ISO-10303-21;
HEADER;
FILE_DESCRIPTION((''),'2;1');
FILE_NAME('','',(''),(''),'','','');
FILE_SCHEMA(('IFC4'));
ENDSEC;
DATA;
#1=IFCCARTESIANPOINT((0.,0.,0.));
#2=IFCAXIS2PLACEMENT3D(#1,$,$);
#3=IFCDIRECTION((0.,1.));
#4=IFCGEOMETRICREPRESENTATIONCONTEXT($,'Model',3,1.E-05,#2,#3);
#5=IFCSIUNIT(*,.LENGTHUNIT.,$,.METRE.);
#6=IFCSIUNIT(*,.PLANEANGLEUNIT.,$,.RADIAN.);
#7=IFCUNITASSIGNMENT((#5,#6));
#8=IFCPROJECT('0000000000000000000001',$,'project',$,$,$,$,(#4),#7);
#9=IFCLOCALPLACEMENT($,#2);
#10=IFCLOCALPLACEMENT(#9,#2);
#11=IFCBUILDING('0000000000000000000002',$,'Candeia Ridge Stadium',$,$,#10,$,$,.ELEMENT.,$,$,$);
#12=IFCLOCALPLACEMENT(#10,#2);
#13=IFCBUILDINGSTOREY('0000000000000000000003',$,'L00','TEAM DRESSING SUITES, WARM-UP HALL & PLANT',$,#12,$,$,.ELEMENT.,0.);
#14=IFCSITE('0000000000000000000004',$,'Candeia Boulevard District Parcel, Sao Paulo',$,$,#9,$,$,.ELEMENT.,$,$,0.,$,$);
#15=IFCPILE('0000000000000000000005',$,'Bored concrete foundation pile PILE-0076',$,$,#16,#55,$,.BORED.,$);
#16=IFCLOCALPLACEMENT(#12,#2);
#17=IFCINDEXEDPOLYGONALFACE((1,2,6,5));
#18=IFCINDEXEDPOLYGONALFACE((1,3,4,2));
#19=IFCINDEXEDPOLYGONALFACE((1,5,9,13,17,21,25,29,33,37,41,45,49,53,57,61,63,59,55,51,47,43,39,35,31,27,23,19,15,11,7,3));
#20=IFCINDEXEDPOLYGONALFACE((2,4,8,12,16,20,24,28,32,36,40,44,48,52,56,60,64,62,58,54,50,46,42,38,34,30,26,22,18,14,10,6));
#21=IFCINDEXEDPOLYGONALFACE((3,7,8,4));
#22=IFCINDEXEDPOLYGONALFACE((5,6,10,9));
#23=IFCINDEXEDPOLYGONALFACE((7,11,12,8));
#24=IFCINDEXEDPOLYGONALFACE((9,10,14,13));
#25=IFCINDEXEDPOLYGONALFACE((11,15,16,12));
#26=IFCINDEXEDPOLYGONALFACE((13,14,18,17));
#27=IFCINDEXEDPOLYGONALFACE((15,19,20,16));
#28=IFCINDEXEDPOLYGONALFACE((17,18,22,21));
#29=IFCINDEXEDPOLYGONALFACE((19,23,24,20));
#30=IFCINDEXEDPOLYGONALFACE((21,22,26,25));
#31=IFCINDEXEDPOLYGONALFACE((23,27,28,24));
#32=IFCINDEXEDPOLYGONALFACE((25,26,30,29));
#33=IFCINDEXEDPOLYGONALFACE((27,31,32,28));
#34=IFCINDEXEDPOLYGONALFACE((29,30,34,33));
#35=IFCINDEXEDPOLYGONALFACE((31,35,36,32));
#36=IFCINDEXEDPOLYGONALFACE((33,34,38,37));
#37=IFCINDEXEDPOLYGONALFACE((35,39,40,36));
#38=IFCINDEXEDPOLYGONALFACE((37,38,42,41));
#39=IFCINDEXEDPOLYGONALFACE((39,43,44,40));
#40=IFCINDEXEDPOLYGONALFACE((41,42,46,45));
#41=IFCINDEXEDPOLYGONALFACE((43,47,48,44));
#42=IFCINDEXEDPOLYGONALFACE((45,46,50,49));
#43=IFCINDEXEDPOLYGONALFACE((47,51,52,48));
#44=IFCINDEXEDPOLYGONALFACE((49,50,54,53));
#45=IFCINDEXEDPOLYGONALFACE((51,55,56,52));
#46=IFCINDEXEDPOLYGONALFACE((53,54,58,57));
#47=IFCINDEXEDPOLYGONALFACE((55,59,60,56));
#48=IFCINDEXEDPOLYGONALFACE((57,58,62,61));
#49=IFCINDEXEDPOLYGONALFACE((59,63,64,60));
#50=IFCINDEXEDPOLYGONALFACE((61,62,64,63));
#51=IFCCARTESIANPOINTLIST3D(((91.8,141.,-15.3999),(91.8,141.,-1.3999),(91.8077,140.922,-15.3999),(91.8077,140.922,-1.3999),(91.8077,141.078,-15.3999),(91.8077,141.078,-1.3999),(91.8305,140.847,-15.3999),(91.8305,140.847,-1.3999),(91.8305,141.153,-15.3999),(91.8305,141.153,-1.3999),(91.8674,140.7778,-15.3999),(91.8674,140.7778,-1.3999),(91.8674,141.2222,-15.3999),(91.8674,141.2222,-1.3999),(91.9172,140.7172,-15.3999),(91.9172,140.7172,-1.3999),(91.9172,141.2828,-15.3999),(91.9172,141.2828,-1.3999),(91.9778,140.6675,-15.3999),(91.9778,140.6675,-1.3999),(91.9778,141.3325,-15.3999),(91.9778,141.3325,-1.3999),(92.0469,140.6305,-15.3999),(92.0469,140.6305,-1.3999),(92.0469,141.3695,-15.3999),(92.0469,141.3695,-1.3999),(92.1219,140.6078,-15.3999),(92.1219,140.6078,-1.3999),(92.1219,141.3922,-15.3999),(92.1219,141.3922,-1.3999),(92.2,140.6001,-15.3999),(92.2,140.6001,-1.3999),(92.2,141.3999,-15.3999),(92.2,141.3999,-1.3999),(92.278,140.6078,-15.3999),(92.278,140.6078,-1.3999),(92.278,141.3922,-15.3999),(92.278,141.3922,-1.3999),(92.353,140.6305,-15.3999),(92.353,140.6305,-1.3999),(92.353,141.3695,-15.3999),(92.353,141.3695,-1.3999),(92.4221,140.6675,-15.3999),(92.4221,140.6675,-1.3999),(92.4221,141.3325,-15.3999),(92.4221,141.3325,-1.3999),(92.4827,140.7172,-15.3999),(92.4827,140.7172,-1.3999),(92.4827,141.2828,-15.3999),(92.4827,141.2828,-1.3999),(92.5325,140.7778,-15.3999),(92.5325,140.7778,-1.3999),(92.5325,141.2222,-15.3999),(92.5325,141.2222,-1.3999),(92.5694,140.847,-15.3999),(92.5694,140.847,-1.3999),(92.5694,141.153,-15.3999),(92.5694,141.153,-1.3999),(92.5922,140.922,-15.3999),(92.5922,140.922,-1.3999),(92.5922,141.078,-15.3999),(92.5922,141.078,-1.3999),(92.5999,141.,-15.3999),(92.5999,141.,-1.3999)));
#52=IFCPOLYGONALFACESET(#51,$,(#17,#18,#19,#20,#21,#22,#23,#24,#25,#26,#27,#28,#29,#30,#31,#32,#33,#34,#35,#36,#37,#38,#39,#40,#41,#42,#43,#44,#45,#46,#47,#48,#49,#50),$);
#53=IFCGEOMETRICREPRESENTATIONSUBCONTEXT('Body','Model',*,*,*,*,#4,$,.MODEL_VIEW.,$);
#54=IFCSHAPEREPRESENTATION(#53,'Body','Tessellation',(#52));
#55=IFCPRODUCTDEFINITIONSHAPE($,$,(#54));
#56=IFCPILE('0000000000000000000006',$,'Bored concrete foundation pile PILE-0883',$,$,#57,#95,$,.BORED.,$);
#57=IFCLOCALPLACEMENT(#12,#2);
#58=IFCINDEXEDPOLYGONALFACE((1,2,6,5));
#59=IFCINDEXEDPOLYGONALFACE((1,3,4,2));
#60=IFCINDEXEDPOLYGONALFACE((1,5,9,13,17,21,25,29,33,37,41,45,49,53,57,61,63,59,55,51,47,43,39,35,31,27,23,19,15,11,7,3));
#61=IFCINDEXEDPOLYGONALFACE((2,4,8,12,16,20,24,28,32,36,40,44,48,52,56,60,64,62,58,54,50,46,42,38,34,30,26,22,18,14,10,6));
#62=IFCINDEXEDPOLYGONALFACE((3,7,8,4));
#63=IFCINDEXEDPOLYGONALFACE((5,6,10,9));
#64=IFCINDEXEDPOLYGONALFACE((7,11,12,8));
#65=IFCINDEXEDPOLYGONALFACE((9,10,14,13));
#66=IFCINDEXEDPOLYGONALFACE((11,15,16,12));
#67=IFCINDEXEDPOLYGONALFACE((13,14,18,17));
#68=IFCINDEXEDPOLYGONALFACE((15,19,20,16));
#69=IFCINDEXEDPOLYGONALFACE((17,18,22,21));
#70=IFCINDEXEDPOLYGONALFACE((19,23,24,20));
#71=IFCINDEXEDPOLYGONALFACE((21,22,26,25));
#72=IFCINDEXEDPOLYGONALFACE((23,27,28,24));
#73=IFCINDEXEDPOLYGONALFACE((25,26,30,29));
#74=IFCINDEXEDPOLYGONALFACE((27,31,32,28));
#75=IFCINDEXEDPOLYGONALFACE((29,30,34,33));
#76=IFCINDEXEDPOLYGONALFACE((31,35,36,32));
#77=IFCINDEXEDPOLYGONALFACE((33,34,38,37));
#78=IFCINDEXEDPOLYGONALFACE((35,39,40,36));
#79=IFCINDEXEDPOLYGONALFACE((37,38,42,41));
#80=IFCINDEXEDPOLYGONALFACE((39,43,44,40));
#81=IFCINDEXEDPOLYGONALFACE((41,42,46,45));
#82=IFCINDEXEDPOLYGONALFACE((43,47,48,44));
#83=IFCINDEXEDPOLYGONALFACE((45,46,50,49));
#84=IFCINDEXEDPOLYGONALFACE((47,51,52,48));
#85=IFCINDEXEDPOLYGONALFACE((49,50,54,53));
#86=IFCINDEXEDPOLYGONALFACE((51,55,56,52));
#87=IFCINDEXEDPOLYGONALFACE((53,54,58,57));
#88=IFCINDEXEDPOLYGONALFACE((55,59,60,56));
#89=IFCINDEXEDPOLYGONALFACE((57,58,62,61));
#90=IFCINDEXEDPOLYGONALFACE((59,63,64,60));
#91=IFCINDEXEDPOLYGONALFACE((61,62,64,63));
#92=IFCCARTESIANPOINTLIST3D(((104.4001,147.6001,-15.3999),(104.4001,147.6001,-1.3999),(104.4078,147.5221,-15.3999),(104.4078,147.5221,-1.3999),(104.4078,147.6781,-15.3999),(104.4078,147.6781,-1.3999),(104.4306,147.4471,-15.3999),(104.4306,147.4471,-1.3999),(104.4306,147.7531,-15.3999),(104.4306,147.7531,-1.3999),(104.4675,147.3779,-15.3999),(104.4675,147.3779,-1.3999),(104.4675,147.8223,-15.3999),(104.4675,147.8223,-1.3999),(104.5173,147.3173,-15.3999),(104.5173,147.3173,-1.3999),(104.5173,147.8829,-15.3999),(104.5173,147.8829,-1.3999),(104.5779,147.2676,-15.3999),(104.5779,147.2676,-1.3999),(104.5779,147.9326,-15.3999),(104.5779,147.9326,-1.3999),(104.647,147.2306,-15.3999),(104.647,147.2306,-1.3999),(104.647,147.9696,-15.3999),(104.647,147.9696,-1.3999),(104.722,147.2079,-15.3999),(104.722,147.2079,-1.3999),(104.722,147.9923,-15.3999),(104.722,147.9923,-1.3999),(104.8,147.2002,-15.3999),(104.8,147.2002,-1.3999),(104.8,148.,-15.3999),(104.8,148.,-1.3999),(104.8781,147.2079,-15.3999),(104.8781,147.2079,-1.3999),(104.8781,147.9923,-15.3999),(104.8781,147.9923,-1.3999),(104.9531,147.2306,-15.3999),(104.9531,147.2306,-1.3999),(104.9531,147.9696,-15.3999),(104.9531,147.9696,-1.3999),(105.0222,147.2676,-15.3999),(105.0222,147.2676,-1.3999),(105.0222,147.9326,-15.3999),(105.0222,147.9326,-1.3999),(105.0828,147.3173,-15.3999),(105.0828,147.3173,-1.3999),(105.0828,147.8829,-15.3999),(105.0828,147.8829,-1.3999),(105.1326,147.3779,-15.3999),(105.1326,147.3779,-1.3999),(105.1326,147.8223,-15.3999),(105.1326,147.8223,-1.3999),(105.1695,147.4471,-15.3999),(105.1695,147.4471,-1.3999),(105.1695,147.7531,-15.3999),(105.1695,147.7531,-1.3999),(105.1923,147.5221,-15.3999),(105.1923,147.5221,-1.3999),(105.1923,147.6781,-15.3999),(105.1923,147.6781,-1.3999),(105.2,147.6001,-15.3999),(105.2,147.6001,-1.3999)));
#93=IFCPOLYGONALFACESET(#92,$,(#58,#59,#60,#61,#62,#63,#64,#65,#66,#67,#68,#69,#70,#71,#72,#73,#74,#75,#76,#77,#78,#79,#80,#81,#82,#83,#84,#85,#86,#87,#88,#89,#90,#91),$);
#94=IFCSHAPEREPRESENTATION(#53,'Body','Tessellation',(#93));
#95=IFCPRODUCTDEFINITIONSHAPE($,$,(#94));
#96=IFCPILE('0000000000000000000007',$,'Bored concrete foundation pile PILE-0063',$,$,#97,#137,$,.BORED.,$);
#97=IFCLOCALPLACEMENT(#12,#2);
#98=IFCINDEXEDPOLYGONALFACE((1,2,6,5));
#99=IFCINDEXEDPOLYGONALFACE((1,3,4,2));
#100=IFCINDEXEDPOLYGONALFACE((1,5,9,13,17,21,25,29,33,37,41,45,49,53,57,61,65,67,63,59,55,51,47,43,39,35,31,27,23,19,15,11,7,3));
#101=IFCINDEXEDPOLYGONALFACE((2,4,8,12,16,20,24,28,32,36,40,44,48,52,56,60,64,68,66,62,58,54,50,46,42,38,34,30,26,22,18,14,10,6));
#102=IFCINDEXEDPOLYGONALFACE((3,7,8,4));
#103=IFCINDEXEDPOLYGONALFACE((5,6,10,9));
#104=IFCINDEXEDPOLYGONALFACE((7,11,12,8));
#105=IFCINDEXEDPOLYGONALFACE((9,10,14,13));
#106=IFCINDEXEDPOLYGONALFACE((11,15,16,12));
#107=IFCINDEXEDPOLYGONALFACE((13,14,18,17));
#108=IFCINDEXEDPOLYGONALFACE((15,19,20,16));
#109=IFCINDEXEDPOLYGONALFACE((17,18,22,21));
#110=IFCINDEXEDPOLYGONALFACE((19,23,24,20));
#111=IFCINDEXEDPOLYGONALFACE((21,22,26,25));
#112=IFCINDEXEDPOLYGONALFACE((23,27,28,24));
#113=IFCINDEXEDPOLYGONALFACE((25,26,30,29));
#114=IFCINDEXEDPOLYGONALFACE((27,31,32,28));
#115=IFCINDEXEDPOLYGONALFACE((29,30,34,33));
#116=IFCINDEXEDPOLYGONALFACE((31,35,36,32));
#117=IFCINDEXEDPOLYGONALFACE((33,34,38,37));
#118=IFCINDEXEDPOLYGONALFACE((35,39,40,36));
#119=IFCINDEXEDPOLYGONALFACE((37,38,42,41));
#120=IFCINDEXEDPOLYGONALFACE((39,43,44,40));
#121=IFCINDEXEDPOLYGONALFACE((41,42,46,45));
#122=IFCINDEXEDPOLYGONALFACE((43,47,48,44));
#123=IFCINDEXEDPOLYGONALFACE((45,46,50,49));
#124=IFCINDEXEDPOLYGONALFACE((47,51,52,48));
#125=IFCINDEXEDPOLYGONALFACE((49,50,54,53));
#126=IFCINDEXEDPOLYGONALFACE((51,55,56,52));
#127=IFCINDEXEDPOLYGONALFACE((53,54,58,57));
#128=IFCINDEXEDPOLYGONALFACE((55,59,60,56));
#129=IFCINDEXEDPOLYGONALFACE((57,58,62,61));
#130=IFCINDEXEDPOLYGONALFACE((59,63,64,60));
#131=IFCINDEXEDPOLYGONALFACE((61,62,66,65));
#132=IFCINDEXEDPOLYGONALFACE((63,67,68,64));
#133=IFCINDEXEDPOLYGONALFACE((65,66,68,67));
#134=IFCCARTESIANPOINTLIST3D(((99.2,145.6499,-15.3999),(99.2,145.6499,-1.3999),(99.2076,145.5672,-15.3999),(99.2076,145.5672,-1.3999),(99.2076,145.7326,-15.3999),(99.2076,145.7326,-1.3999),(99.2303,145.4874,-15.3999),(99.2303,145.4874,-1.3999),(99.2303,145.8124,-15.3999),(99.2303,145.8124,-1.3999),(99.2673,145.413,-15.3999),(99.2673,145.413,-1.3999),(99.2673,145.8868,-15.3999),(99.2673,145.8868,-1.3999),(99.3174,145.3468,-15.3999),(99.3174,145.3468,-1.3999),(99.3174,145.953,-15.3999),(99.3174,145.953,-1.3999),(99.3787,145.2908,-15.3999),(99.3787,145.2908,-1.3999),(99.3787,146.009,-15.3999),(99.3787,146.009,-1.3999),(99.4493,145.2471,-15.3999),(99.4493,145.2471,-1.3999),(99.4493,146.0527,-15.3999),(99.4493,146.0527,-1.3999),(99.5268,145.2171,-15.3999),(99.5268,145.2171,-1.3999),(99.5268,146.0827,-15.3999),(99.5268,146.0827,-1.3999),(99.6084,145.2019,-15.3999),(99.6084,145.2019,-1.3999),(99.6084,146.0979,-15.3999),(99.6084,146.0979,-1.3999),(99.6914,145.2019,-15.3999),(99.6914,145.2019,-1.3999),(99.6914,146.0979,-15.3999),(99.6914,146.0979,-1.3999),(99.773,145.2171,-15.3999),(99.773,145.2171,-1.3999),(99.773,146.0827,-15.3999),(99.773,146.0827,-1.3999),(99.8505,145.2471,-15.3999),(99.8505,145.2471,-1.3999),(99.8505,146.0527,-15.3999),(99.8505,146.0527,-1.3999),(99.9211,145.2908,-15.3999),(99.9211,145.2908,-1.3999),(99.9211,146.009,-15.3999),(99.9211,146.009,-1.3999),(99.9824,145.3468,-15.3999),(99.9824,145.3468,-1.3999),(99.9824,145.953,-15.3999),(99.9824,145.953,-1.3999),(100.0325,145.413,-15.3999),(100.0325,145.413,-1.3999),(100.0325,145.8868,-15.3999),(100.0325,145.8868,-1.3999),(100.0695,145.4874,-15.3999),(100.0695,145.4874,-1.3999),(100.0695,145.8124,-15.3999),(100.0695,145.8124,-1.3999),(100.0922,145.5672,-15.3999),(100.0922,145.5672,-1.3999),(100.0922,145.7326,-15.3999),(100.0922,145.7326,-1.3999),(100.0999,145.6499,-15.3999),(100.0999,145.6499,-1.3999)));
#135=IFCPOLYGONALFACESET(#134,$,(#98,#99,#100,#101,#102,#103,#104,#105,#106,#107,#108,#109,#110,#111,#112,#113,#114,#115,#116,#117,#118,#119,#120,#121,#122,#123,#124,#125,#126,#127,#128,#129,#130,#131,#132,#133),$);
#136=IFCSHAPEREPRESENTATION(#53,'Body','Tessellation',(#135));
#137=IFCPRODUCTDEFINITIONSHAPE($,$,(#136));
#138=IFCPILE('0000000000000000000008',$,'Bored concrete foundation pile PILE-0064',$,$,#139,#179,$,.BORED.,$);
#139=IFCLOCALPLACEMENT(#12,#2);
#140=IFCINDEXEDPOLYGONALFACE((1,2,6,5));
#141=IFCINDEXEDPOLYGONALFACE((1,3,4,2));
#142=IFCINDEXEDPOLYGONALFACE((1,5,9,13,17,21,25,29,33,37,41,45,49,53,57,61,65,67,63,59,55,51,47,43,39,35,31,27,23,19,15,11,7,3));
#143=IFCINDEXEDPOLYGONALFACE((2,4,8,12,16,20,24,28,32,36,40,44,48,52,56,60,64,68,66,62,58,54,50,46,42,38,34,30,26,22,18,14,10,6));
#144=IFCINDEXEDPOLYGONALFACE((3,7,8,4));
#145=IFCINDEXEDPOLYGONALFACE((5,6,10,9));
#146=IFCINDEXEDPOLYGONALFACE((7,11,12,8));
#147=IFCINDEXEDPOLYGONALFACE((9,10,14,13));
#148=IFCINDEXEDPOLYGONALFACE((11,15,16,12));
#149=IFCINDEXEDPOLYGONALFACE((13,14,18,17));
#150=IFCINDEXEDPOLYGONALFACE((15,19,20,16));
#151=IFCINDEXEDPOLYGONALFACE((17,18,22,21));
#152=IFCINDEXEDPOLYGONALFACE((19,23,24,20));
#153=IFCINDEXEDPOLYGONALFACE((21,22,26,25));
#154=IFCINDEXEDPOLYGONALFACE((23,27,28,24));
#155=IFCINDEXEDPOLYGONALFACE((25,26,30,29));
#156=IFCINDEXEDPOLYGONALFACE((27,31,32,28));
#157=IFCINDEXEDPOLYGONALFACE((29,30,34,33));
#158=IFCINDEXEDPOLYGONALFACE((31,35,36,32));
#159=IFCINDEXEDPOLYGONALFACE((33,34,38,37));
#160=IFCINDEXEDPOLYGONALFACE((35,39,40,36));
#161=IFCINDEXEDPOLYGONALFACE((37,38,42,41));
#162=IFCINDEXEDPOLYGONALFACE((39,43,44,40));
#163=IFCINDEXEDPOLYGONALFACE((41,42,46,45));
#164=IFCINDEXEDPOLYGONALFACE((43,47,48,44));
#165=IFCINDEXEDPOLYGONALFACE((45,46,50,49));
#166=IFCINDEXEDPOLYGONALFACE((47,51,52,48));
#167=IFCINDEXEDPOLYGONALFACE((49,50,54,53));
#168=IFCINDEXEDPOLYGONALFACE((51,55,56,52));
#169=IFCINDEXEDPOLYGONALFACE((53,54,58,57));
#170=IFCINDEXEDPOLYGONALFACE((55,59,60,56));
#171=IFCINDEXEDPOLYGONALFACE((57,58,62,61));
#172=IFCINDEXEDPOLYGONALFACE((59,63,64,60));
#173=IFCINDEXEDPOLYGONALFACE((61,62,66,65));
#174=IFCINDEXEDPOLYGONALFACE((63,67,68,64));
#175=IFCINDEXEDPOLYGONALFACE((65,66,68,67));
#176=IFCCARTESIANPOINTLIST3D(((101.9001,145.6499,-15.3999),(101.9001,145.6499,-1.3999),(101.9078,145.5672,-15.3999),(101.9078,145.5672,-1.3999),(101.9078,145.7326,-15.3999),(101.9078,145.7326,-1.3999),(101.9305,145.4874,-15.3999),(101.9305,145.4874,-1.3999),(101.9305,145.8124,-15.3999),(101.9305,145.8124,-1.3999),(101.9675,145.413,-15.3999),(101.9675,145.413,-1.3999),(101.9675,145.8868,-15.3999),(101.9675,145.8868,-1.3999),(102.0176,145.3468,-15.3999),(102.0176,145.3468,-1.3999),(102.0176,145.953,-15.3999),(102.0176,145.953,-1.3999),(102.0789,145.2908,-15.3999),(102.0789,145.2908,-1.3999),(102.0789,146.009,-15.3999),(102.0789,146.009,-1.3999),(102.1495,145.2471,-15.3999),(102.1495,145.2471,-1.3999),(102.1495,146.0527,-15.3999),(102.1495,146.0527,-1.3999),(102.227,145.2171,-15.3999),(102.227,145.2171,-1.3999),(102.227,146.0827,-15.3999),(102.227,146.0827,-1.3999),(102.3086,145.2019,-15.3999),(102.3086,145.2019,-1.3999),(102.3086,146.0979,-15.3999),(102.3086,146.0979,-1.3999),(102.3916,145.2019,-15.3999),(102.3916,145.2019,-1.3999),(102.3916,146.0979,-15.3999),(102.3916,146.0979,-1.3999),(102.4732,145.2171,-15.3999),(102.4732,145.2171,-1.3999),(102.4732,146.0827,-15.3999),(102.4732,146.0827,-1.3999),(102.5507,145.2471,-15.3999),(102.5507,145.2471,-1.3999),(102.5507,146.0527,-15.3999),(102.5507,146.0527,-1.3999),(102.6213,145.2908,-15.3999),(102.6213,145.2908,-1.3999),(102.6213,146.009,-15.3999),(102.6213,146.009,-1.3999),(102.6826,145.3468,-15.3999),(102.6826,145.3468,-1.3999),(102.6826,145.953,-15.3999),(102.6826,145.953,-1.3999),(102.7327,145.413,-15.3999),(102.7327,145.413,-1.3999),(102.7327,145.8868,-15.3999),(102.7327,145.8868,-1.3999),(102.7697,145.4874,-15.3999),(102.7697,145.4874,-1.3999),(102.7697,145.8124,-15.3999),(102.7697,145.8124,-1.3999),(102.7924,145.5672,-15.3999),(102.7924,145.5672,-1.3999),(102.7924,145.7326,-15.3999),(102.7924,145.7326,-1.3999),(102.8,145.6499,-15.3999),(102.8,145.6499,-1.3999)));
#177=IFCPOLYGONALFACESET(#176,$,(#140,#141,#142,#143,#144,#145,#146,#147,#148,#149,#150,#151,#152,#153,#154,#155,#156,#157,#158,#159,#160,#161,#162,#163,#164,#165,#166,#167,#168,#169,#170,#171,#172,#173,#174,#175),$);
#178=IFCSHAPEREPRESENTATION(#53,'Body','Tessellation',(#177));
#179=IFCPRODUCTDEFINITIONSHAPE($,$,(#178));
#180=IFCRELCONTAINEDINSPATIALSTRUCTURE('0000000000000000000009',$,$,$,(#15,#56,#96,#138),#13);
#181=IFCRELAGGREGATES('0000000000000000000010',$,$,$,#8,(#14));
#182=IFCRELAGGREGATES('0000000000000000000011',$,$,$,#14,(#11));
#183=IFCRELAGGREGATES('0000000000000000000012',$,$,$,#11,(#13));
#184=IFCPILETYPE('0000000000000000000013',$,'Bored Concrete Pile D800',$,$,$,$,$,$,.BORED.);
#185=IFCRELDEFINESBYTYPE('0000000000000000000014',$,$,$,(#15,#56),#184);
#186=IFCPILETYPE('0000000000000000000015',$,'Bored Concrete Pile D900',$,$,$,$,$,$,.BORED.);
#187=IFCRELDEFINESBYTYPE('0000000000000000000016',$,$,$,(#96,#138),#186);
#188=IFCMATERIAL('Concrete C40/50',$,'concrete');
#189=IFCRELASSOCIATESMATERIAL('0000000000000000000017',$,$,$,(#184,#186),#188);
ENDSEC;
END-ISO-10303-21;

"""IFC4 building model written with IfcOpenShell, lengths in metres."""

from ifc_helpers import new_model, si_unit, direction, frame, origin, origin_2d, place, context, subcontext, project, spatial, circle, extrude, material, material_profile, profile_set, type_object, element, save


model = new_model("IFC4")

# Units and contexts
model_context = context("Model", 3, precision=1e-05, world=origin(), true_north=direction((0.0, 1.0)))
body_context = subcontext(model_context, "Body", "Model", "MODEL_VIEW")
ifc_project = project(units=[si_unit("LENGTHUNIT", "METRE"), si_unit("PLANEANGLEUNIT", "RADIAN")], contexts=[model_context])

# Site, building, storey
site_placement = place(None, origin())
site = spatial("IfcSite", under=ifc_project, at=site_placement, Name="Candeia Boulevard District Parcel, Sao Paulo", CompositionType="ELEMENT", RefElevation=0.0)
building_placement = place(site_placement, origin())
building = spatial("IfcBuilding", under=site, at=building_placement, Name="Candeia Ridge Stadium", CompositionType="ELEMENT")
storey_placement = place(building_placement, origin())
storey = spatial("IfcBuildingStorey", under=building, at=storey_placement, Name="L00", Description="TEAM DRESSING SUITES, WARM-UP HALL & PLANT", CompositionType="ELEMENT", Elevation=0.0)

# Piles
ifc_material_1 = material(Name="Concrete C40/50", Category="concrete")
ifc_material_profile_1 = material_profile(ifc_material_1, circle(Radius=0.3999, at=origin_2d()), Name="PILE-D800", Category="concrete")
ifc_profile_set_1 = profile_set([ifc_material_profile_1], Name="Concrete C40/50")
pile_type_1 = type_object("IfcPileType", Name="Bored Concrete Pile D800", PredefinedType="BORED", material=ifc_profile_set_1)
for number, where, z_axis, x_axis, name in (
    (1, (92.2, 141.0, -1.3999), (0.0, 0.0, -1.0), (1.0, 0.0, 0.0), "Bored concrete foundation pile PILE-0076"),
    (2, (104.8, 147.6001, -1.3999), (0.0, 0.0, -1.0), (1.0, 0.0, 0.0), "Bored concrete foundation pile PILE-0883"),
):
    element("IfcPile", number, at=place(storey_placement, frame(where, z_axis=z_axis, x_axis=x_axis)), inside=storey, type_object=pile_type_1, Name=name, PredefinedType="BORED", context=body_context, shape_type="SweptSolid", body=[
        extrude(circle(Radius=0.3999, at=origin_2d()), origin(), (0.0, 0.0, 1.0), 14.0),
    ])
ifc_material_profile_2 = material_profile(ifc_material_1, circle(Radius=0.45, at=origin_2d()), Name="PILE-D900", Category="concrete")
ifc_profile_set_2 = profile_set([ifc_material_profile_2], Name="Concrete C40/50")
pile_type_2 = type_object("IfcPileType", Name="Bored Concrete Pile D900", PredefinedType="BORED", material=ifc_profile_set_2)
for number, where, z_axis, x_axis, name in (
    (3, (99.6499, 145.6499, -1.3999), (0.0, 0.0, -1.0), (1.0, 0.0, 0.0), "Bored concrete foundation pile PILE-0063"),
    (4, (102.3501, 145.6499, -1.3999), (0.0, 0.0, -1.0), (1.0, 0.0, 0.0), "Bored concrete foundation pile PILE-0064"),
):
    element("IfcPile", number, at=place(storey_placement, frame(where, z_axis=z_axis, x_axis=x_axis)), inside=storey, type_object=pile_type_2, Name=name, PredefinedType="BORED", context=body_context, shape_type="SweptSolid", body=[
        extrude(circle(Radius=0.45, at=origin_2d()), origin(), (0.0, 0.0, 1.0), 14.0),
    ])

save(model, "model.ifc")
